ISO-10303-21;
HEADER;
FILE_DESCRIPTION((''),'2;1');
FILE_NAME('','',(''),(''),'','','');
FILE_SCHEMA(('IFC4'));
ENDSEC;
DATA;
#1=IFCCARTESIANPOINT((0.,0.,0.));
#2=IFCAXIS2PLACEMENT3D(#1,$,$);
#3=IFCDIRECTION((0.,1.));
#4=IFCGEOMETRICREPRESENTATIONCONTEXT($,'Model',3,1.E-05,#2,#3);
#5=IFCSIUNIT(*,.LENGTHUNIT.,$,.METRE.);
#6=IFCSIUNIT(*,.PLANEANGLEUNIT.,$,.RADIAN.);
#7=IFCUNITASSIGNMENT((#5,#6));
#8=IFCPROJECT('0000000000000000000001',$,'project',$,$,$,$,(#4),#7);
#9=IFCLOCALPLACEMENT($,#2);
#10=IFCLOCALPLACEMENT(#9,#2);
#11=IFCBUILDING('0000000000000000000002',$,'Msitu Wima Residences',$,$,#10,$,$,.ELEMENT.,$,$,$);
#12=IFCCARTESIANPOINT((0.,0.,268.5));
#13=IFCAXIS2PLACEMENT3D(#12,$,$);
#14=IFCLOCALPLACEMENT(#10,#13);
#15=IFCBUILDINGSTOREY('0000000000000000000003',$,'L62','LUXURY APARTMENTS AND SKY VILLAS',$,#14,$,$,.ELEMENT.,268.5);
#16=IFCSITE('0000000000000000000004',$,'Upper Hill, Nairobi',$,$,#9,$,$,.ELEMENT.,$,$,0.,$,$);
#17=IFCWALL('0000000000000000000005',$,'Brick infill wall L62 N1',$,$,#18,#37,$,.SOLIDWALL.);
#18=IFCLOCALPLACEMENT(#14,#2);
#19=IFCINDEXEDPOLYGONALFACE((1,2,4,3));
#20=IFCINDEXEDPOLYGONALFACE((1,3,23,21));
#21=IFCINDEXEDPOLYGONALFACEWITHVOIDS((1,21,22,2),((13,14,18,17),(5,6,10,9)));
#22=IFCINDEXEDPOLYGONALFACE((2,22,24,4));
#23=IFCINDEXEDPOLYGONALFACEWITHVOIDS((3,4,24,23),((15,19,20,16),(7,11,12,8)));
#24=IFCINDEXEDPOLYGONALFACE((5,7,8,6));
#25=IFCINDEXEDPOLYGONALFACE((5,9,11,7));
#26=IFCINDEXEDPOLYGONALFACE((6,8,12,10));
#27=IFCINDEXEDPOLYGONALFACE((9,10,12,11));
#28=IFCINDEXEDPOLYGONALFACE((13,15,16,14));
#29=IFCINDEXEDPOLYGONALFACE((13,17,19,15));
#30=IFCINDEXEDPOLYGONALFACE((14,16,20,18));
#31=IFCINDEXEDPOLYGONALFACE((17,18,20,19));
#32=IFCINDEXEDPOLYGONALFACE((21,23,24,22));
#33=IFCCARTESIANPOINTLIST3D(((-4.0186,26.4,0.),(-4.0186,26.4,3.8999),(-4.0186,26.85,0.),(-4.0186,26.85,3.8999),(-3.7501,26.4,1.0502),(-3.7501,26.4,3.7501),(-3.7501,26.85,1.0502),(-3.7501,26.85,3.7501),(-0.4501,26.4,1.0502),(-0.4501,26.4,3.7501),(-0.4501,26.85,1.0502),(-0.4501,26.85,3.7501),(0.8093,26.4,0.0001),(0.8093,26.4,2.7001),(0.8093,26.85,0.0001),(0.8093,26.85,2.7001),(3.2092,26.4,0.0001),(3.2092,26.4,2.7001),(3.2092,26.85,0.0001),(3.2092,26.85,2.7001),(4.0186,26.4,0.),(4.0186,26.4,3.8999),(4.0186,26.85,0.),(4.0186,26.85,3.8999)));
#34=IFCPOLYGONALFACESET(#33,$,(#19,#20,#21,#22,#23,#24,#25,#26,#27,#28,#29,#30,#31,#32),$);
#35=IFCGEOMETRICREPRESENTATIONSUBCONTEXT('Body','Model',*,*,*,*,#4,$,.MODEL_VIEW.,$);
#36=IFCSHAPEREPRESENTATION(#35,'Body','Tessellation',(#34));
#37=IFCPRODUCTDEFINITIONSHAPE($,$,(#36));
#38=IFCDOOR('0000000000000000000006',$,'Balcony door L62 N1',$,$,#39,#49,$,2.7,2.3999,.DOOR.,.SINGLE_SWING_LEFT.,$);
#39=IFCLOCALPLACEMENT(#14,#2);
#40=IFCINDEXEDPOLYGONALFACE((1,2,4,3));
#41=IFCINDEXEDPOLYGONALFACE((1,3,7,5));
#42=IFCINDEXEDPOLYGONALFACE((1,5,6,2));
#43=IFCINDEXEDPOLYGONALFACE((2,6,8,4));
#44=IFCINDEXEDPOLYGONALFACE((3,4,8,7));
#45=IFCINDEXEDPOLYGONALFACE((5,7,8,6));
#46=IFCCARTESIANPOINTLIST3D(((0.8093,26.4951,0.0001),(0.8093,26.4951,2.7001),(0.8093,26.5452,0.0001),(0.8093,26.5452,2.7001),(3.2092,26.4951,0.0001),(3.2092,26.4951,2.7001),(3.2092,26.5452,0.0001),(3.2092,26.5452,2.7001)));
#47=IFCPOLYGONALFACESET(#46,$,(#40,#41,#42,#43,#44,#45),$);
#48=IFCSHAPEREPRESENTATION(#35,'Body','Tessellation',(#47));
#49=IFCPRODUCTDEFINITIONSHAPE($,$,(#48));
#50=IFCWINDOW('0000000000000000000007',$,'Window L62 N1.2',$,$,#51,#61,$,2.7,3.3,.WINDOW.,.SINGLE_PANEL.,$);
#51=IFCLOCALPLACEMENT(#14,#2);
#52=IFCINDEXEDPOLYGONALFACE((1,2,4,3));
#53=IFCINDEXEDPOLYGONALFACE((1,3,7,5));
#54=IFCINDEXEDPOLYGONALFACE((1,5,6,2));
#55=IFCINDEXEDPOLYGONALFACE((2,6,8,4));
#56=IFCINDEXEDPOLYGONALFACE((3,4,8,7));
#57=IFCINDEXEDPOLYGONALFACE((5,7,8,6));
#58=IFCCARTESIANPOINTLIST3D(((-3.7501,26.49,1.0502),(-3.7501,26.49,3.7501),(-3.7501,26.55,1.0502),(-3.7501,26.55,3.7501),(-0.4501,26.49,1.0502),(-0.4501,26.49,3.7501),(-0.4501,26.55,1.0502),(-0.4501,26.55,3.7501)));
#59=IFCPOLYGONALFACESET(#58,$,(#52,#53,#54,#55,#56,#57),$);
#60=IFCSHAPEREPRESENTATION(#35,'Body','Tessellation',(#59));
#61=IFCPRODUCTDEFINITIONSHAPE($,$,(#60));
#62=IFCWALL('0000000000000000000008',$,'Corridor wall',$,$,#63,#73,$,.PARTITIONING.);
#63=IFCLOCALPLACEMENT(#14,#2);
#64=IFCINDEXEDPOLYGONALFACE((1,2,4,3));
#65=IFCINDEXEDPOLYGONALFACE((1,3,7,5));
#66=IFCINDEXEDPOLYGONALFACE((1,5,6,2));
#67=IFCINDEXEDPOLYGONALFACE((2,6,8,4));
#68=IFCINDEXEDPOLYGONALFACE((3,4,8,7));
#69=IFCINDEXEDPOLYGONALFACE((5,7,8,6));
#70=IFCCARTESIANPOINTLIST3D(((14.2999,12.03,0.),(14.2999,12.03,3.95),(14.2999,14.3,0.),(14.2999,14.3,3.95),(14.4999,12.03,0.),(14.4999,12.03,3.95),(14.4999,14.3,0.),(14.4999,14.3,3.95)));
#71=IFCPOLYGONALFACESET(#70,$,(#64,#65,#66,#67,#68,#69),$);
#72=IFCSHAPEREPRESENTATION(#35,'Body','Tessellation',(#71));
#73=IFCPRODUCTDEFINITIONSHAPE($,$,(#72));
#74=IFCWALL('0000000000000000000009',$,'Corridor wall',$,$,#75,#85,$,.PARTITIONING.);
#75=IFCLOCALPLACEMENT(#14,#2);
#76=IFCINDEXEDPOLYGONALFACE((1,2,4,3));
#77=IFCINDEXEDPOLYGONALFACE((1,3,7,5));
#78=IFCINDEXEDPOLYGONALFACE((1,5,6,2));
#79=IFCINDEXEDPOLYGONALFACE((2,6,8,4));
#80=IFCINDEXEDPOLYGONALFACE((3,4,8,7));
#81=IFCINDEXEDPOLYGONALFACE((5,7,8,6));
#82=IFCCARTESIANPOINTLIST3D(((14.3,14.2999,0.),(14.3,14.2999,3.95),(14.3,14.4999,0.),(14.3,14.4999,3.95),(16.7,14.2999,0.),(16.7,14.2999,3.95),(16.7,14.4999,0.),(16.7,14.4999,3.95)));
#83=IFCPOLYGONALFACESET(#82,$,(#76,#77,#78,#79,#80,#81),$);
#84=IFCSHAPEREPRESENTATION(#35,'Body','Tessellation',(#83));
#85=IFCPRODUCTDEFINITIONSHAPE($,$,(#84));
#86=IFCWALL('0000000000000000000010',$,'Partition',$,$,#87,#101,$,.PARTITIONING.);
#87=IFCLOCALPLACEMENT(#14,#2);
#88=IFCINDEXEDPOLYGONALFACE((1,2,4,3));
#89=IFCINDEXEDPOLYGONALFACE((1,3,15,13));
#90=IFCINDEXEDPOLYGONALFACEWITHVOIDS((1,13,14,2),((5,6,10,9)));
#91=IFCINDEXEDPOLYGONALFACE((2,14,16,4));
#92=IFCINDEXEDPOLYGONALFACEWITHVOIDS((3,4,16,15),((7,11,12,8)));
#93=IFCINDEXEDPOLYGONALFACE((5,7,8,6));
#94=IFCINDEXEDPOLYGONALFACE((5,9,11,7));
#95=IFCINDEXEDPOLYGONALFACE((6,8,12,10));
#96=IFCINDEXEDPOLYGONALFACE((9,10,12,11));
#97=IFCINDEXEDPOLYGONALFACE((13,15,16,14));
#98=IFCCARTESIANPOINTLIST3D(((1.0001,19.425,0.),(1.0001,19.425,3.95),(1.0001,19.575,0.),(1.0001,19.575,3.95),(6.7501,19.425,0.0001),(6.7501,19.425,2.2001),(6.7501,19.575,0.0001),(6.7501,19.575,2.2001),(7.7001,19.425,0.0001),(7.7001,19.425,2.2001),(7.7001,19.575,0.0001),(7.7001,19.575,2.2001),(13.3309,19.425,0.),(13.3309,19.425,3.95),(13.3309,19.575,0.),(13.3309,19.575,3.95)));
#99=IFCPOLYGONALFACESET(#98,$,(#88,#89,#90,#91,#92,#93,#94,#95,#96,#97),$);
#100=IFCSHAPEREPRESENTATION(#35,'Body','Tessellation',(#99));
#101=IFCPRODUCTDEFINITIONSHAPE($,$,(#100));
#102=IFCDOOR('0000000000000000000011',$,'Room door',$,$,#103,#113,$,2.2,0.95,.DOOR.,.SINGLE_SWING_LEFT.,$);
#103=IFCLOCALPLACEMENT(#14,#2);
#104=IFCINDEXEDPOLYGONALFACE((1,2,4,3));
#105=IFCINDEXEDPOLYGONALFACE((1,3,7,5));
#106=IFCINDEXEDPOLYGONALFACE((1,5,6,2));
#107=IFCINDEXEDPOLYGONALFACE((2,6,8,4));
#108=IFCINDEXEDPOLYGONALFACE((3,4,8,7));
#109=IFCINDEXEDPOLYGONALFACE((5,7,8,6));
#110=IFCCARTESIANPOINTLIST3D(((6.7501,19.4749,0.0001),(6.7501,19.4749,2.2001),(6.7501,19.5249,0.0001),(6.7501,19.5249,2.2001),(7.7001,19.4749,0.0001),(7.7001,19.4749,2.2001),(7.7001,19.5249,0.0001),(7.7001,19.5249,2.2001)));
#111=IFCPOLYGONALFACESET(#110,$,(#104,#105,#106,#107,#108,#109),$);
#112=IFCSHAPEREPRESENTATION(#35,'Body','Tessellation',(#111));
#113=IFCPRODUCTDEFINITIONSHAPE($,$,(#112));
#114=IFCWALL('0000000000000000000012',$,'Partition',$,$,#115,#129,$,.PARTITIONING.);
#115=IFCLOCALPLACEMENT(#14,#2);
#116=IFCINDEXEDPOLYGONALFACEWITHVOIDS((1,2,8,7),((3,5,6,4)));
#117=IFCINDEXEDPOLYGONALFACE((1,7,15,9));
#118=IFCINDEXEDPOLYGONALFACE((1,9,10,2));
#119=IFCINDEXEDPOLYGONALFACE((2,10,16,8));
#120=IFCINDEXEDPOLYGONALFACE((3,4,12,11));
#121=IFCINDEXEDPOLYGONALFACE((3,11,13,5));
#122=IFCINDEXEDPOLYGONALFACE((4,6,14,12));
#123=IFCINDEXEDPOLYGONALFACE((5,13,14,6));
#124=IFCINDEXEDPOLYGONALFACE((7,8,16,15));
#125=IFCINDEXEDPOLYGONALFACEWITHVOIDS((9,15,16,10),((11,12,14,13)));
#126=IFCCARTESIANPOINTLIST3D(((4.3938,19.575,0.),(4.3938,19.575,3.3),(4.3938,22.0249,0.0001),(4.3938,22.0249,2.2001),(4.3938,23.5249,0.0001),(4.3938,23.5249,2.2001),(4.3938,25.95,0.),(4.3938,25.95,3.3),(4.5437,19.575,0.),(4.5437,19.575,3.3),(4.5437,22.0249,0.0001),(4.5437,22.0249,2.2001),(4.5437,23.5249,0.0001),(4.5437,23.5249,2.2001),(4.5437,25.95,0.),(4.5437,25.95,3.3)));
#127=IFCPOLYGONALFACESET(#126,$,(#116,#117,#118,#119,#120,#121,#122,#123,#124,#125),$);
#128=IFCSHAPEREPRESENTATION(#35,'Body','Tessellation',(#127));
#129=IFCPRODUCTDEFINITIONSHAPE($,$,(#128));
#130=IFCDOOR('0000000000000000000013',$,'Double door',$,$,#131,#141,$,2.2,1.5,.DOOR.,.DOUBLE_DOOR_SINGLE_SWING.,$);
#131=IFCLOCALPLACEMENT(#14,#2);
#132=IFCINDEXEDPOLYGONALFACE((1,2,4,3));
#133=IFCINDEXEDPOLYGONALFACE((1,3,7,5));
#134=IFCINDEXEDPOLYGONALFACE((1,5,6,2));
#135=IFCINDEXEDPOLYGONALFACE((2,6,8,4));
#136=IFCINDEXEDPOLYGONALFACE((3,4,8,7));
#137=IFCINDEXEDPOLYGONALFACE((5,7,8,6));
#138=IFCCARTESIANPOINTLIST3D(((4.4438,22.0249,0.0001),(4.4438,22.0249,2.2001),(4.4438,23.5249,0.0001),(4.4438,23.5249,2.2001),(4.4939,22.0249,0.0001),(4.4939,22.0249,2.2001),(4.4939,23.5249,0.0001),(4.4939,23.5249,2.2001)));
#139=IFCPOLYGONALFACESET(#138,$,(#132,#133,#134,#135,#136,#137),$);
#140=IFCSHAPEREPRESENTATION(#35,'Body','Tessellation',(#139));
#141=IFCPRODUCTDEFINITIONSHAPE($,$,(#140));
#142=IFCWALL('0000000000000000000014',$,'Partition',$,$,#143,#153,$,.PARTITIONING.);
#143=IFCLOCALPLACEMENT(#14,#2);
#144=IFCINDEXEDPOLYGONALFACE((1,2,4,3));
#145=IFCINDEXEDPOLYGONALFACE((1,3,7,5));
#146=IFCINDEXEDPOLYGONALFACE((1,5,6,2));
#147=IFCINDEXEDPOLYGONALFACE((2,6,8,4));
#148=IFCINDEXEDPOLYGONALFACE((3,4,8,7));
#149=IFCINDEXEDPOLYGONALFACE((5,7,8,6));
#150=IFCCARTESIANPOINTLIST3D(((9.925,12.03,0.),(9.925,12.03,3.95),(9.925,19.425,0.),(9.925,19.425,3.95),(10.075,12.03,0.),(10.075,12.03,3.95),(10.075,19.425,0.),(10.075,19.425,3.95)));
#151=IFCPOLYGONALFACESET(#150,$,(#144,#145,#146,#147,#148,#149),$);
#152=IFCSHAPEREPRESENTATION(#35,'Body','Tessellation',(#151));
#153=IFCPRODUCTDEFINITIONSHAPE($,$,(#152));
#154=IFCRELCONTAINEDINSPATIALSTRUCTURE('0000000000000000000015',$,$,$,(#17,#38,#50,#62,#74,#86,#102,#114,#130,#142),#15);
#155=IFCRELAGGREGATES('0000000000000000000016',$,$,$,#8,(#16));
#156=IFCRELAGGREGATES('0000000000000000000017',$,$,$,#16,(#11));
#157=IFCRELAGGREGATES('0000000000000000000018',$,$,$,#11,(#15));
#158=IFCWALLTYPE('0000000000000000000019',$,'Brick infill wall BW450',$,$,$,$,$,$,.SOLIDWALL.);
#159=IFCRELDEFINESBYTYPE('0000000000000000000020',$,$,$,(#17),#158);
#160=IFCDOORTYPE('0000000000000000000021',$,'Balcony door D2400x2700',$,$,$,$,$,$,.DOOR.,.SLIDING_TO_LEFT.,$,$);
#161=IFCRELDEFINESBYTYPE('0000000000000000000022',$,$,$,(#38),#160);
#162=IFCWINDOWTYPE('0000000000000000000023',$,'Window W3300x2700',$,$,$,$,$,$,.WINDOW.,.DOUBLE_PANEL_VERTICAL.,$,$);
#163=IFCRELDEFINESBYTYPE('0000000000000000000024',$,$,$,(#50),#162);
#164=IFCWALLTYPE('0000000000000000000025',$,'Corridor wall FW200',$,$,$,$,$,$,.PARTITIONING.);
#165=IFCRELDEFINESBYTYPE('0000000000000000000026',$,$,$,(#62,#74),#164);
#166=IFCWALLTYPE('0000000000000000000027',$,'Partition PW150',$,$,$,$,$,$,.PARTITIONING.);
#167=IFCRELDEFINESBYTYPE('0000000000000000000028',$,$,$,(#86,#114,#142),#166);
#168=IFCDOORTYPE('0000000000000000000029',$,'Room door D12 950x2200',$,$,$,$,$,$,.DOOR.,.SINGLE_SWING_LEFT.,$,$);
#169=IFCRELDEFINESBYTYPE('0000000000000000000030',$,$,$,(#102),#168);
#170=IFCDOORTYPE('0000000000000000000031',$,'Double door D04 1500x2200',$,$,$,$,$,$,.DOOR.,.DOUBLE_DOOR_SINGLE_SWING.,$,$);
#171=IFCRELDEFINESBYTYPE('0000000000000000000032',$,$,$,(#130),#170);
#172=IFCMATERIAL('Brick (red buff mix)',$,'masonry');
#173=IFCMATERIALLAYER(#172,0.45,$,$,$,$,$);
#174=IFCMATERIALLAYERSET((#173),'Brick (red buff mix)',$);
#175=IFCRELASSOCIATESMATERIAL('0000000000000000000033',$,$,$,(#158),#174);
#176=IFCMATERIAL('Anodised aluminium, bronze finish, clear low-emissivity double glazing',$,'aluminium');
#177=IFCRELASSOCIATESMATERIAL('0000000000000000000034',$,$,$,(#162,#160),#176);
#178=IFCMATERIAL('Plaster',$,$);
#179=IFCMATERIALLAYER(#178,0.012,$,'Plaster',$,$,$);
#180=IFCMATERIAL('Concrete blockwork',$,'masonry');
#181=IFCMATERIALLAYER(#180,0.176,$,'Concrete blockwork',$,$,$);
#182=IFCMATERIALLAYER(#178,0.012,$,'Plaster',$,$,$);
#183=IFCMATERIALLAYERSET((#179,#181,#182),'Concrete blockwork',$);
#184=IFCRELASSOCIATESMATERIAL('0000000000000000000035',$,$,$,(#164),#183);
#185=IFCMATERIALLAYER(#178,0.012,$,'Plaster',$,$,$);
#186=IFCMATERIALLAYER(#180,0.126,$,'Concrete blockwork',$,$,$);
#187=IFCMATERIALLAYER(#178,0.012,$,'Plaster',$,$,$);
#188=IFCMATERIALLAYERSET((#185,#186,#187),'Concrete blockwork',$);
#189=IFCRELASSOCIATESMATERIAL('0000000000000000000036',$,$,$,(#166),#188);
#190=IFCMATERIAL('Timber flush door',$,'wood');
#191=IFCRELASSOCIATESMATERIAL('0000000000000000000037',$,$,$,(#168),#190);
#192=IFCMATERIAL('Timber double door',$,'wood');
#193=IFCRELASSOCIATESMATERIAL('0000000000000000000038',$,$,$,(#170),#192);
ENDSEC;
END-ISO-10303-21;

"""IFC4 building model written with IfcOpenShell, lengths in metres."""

from ifc_helpers import new_model, si_unit, direction, frame, frame_2d, origin, place, context, subcontext, project, spatial, rectangle, extrude, material, layer, layer_set, type_object, element, fill, save


model = new_model("IFC4")

# Units and contexts
model_context = context("Model", 3, precision=1e-05, world=origin(), true_north=direction((0.0, 1.0)))
body_context = subcontext(model_context, "Body", "Model", "MODEL_VIEW")
ifc_project = project(units=[si_unit("LENGTHUNIT", "METRE"), si_unit("PLANEANGLEUNIT", "RADIAN")], contexts=[model_context])

# Site, building, storey
site_placement = place(None, origin())
site = spatial("IfcSite", under=ifc_project, at=site_placement, Name="Upper Hill, Nairobi", CompositionType="ELEMENT", RefElevation=0.0)
building_placement = place(site_placement, origin())
building = spatial("IfcBuilding", under=site, at=building_placement, Name="Msitu Wima Residences", CompositionType="ELEMENT")
storey_placement = place(building_placement, frame((0.0, 0.0, 268.5)))
storey = spatial("IfcBuildingStorey", under=building, at=storey_placement, Name="L62", Description="LUXURY APARTMENTS AND SKY VILLAS", CompositionType="ELEMENT", Elevation=268.5)

# Shared definitions
ifc_material_1 = material(Name="Brick (red buff mix)", Category="masonry")
ifc_layer_1 = layer(ifc_material_1, 0.45)
ifc_layer_set_1 = layer_set([ifc_layer_1], Name="Brick (red buff mix)")
wall_type_1 = type_object("IfcWallType", Name="Brick infill wall BW450", PredefinedType="SOLIDWALL", material=ifc_layer_set_1)
ifc_material_2 = material(Name="Anodised aluminium, bronze finish, clear low-emissivity double glazing", Category="aluminium")
window_type = type_object("IfcWindowType", Name="Window W3300x2700", PartitioningType="DOUBLE_PANEL_VERTICAL", PredefinedType="WINDOW", material=ifc_material_2)

# Wall, openings, door, window
wall_1_placement = place(storey_placement, frame((4.0186, 26.625, 0.0), z_axis=(0.0, 0.0, 1.0), x_axis=(-1.0, 0.0, 0.0)))
wall_1 = element("IfcWall", 1, at=wall_1_placement, inside=storey, type_object=wall_type_1, Name="Brick infill wall L62 N1", PredefinedType="SOLIDWALL", context=body_context, shape_type="SweptSolid", body=[
    extrude(rectangle(XDim=8.0371, YDim=0.45, at=frame_2d((4.0186, 0.0))), origin(), (0.0, 0.0, 1.0), 3.8999),
])
opening_1_placement = place(wall_1_placement, frame((0.8093, 0.0, 0.0)))
opening_1 = element("IfcOpeningElement", 2, at=opening_1_placement, cuts=wall_1, PredefinedType="OPENING", context=body_context, shape_type="SweptSolid", body=[
    extrude(rectangle(XDim=2.3999, YDim=2.7, at=frame_2d((1.2, 1.3501))), frame((0.0, 0.2349, 0.0), z_axis=(0.0, -1.0, 0.0), x_axis=(1.0, 0.0, 0.0)), (0.0, 0.0, 1.0), 0.47),
])
opening_2_placement = place(wall_1_placement, frame((4.4688, 0.0, 1.05)))
opening_2 = element("IfcOpeningElement", 3, at=opening_2_placement, cuts=wall_1, PredefinedType="OPENING", context=body_context, shape_type="SweptSolid", body=[
    extrude(rectangle(XDim=3.3, YDim=2.7, at=frame_2d((1.6499, 1.3501))), frame((0.0, 0.2349, 0.0), z_axis=(0.0, -1.0, 0.0), x_axis=(1.0, 0.0, 0.0)), (0.0, 0.0, 1.0), 0.47),
])
door_type_1 = type_object("IfcDoorType", Name="Balcony door D2400x2700", OperationType="SLIDING_TO_LEFT", PredefinedType="DOOR", material=ifc_material_2)
door_1_placement = place(opening_1_placement, origin())
door_1 = element("IfcDoor", 4, at=door_1_placement, inside=storey, type_object=door_type_1, Name="Balcony door L62 N1", OperationType="SINGLE_SWING_LEFT", OverallHeight=2.7, OverallWidth=2.3999, PredefinedType="DOOR", context=body_context, shape_type="SweptSolid", body=[
    extrude(rectangle(XDim=2.3999, YDim=2.7, at=frame_2d((1.2, 1.3501))), frame((0.0, 0.1299, 0.0), z_axis=(0.0, -1.0, 0.0), x_axis=(1.0, 0.0, 0.0)), (0.0, 0.0, 1.0), 0.05),
])
fill(opening_1, door_1)
window_1_placement = place(opening_2_placement, origin())
window_1 = element("IfcWindow", 5, at=window_1_placement, inside=storey, type_object=window_type, Name="Window L62 N1.2", OverallHeight=2.7, OverallWidth=3.3, PartitioningType="SINGLE_PANEL", PredefinedType="WINDOW", context=body_context, shape_type="SweptSolid", body=[
    extrude(rectangle(XDim=3.3, YDim=2.7, at=frame_2d((1.6499, 1.3501))), frame((0.0, 0.135, 0.0), z_axis=(0.0, -1.0, 0.0), x_axis=(1.0, 0.0, 0.0)), (0.0, 0.0, 1.0), 0.0601),
])
fill(opening_2, window_1)

# Walls
ifc_material_3 = material(Name="Plaster")
ifc_layer_2 = layer(ifc_material_3, 0.012, Name="Plaster")
ifc_material_4 = material(Name="Concrete blockwork", Category="masonry")
ifc_layer_3 = layer(ifc_material_4, 0.176, Name="Concrete blockwork")
ifc_layer_4 = layer(ifc_material_3, 0.012, Name="Plaster")
ifc_layer_set_2 = layer_set([ifc_layer_2, ifc_layer_3, ifc_layer_4], Name="Concrete blockwork")
wall_type_2 = type_object("IfcWallType", Name="Corridor wall FW200", PredefinedType="PARTITIONING", material=ifc_layer_set_2)
wall_2_placement = place(storey_placement, frame((14.3999, 12.03, 0.0), z_axis=(0.0, 0.0, 1.0), x_axis=(0.0, 1.0, 0.0)))
element("IfcWall", 6, at=wall_2_placement, inside=storey, type_object=wall_type_2, Name="Corridor wall", PredefinedType="PARTITIONING", context=body_context, shape_type="SweptSolid", body=[
    extrude(rectangle(XDim=2.27, YDim=0.2, at=frame_2d((1.135, 0.0))), origin(), (0.0, 0.0, 1.0), 3.95),
])
wall_3_placement = place(storey_placement, frame((14.3, 14.3999, 0.0), z_axis=(0.0, 0.0, 1.0), x_axis=(1.0, 0.0, 0.0)))
element("IfcWall", 7, at=wall_3_placement, inside=storey, type_object=wall_type_2, Name="Corridor wall", PredefinedType="PARTITIONING", context=body_context, shape_type="SweptSolid", body=[
    extrude(rectangle(XDim=2.3999, YDim=0.2, at=frame_2d((1.2, 0.0))), origin(), (0.0, 0.0, 1.0), 3.95),
])

# Walls, openings, doors
ifc_layer_5 = layer(ifc_material_3, 0.012, Name="Plaster")
ifc_layer_6 = layer(ifc_material_4, 0.126, Name="Concrete blockwork")
ifc_layer_7 = layer(ifc_material_3, 0.012, Name="Plaster")
ifc_layer_set_3 = layer_set([ifc_layer_5, ifc_layer_6, ifc_layer_7], Name="Concrete blockwork")
wall_type_3 = type_object("IfcWallType", Name="Partition PW150", PredefinedType="PARTITIONING", material=ifc_layer_set_3)
wall_4_placement = place(storey_placement, frame((1.0, 19.5, 0.0), z_axis=(0.0, 0.0, 1.0), x_axis=(1.0, 0.0, 0.0)))
wall_4 = element("IfcWall", 8, at=wall_4_placement, inside=storey, type_object=wall_type_3, Name="Partition", PredefinedType="PARTITIONING", context=body_context, shape_type="SweptSolid", body=[
    extrude(rectangle(XDim=12.3308, YDim=0.1499, at=frame_2d((6.1655, 0.0))), origin(), (0.0, 0.0, 1.0), 3.95),
])
opening_3_placement = place(wall_4_placement, frame((5.75, 0.0, 0.0)))
opening_3 = element("IfcOpeningElement", 9, at=opening_3_placement, cuts=wall_4, PredefinedType="OPENING", context=body_context, shape_type="SweptSolid", body=[
    extrude(rectangle(XDim=0.95, YDim=2.2, at=frame_2d((0.4751, 1.1001))), frame((0.0, 0.085, 0.0), z_axis=(0.0, -1.0, 0.0), x_axis=(1.0, 0.0, 0.0)), (0.0, 0.0, 1.0), 0.1699),
])
ifc_material_5 = material(Name="Timber flush door", Category="wood")
door_type_2 = type_object("IfcDoorType", Name="Room door D12 950x2200", OperationType="SINGLE_SWING_LEFT", PredefinedType="DOOR", material=ifc_material_5)
door_2_placement = place(opening_3_placement, origin())
door_2 = element("IfcDoor", 10, at=door_2_placement, inside=storey, type_object=door_type_2, Name="Room door", OperationType="SINGLE_SWING_LEFT", OverallHeight=2.2, OverallWidth=0.95, PredefinedType="DOOR", context=body_context, shape_type="SweptSolid", body=[
    extrude(rectangle(XDim=0.95, YDim=2.2, at=frame_2d((0.4751, 1.1001))), frame((0.0, 0.0249, 0.0), z_axis=(0.0, -1.0, 0.0), x_axis=(1.0, 0.0, 0.0)), (0.0, 0.0, 1.0), 0.05),
])
fill(opening_3, door_2)
wall_5_placement = place(storey_placement, frame((4.4688, 19.575, 0.0), z_axis=(0.0, 0.0, 1.0), x_axis=(0.0, 1.0, 0.0)))
wall_5 = element("IfcWall", 11, at=wall_5_placement, inside=storey, type_object=wall_type_3, Name="Partition", PredefinedType="PARTITIONING", context=body_context, shape_type="SweptSolid", body=[
    extrude(rectangle(XDim=6.375, YDim=0.1499, at=frame_2d((3.1875, 0.0))), origin(), (0.0, 0.0, 1.0), 3.3),
])
opening_4_placement = place(wall_5_placement, frame((2.45, 0.0, 0.0)))
opening_4 = element("IfcOpeningElement", 12, at=opening_4_placement, cuts=wall_5, PredefinedType="OPENING", context=body_context, shape_type="SweptSolid", body=[
    extrude(rectangle(XDim=1.5, YDim=2.2, at=frame_2d((0.75, 1.1001))), frame((0.0, 0.085, 0.0), z_axis=(0.0, -1.0, 0.0), x_axis=(1.0, 0.0, 0.0)), (0.0, 0.0, 1.0), 0.1699),
])
ifc_material_6 = material(Name="Timber double door", Category="wood")
door_type_3 = type_object("IfcDoorType", Name="Double door D04 1500x2200", OperationType="DOUBLE_DOOR_SINGLE_SWING", PredefinedType="DOOR", material=ifc_material_6)
door_3_placement = place(opening_4_placement, origin())
door_3 = element("IfcDoor", 13, at=door_3_placement, inside=storey, type_object=door_type_3, Name="Double door", OperationType="DOUBLE_DOOR_SINGLE_SWING", OverallHeight=2.2, OverallWidth=1.5, PredefinedType="DOOR", context=body_context, shape_type="SweptSolid", body=[
    extrude(rectangle(XDim=1.5, YDim=2.2, at=frame_2d((0.75, 1.1001))), frame((0.0, 0.0249, 0.0), z_axis=(0.0, -1.0, 0.0), x_axis=(1.0, 0.0, 0.0)), (0.0, 0.0, 1.0), 0.05),
])
fill(opening_4, door_3)

# Wall
wall_6_placement = place(storey_placement, frame((10.0, 12.03, 0.0), z_axis=(0.0, 0.0, 1.0), x_axis=(0.0, 1.0, 0.0)))
element("IfcWall", 14, at=wall_6_placement, inside=storey, type_object=wall_type_3, Name="Partition", PredefinedType="PARTITIONING", context=body_context, shape_type="SweptSolid", body=[
    extrude(rectangle(XDim=7.395, YDim=0.1499, at=frame_2d((3.6975, 0.0))), origin(), (0.0, 0.0, 1.0), 3.95),
])

save(model, "model.ifc")
